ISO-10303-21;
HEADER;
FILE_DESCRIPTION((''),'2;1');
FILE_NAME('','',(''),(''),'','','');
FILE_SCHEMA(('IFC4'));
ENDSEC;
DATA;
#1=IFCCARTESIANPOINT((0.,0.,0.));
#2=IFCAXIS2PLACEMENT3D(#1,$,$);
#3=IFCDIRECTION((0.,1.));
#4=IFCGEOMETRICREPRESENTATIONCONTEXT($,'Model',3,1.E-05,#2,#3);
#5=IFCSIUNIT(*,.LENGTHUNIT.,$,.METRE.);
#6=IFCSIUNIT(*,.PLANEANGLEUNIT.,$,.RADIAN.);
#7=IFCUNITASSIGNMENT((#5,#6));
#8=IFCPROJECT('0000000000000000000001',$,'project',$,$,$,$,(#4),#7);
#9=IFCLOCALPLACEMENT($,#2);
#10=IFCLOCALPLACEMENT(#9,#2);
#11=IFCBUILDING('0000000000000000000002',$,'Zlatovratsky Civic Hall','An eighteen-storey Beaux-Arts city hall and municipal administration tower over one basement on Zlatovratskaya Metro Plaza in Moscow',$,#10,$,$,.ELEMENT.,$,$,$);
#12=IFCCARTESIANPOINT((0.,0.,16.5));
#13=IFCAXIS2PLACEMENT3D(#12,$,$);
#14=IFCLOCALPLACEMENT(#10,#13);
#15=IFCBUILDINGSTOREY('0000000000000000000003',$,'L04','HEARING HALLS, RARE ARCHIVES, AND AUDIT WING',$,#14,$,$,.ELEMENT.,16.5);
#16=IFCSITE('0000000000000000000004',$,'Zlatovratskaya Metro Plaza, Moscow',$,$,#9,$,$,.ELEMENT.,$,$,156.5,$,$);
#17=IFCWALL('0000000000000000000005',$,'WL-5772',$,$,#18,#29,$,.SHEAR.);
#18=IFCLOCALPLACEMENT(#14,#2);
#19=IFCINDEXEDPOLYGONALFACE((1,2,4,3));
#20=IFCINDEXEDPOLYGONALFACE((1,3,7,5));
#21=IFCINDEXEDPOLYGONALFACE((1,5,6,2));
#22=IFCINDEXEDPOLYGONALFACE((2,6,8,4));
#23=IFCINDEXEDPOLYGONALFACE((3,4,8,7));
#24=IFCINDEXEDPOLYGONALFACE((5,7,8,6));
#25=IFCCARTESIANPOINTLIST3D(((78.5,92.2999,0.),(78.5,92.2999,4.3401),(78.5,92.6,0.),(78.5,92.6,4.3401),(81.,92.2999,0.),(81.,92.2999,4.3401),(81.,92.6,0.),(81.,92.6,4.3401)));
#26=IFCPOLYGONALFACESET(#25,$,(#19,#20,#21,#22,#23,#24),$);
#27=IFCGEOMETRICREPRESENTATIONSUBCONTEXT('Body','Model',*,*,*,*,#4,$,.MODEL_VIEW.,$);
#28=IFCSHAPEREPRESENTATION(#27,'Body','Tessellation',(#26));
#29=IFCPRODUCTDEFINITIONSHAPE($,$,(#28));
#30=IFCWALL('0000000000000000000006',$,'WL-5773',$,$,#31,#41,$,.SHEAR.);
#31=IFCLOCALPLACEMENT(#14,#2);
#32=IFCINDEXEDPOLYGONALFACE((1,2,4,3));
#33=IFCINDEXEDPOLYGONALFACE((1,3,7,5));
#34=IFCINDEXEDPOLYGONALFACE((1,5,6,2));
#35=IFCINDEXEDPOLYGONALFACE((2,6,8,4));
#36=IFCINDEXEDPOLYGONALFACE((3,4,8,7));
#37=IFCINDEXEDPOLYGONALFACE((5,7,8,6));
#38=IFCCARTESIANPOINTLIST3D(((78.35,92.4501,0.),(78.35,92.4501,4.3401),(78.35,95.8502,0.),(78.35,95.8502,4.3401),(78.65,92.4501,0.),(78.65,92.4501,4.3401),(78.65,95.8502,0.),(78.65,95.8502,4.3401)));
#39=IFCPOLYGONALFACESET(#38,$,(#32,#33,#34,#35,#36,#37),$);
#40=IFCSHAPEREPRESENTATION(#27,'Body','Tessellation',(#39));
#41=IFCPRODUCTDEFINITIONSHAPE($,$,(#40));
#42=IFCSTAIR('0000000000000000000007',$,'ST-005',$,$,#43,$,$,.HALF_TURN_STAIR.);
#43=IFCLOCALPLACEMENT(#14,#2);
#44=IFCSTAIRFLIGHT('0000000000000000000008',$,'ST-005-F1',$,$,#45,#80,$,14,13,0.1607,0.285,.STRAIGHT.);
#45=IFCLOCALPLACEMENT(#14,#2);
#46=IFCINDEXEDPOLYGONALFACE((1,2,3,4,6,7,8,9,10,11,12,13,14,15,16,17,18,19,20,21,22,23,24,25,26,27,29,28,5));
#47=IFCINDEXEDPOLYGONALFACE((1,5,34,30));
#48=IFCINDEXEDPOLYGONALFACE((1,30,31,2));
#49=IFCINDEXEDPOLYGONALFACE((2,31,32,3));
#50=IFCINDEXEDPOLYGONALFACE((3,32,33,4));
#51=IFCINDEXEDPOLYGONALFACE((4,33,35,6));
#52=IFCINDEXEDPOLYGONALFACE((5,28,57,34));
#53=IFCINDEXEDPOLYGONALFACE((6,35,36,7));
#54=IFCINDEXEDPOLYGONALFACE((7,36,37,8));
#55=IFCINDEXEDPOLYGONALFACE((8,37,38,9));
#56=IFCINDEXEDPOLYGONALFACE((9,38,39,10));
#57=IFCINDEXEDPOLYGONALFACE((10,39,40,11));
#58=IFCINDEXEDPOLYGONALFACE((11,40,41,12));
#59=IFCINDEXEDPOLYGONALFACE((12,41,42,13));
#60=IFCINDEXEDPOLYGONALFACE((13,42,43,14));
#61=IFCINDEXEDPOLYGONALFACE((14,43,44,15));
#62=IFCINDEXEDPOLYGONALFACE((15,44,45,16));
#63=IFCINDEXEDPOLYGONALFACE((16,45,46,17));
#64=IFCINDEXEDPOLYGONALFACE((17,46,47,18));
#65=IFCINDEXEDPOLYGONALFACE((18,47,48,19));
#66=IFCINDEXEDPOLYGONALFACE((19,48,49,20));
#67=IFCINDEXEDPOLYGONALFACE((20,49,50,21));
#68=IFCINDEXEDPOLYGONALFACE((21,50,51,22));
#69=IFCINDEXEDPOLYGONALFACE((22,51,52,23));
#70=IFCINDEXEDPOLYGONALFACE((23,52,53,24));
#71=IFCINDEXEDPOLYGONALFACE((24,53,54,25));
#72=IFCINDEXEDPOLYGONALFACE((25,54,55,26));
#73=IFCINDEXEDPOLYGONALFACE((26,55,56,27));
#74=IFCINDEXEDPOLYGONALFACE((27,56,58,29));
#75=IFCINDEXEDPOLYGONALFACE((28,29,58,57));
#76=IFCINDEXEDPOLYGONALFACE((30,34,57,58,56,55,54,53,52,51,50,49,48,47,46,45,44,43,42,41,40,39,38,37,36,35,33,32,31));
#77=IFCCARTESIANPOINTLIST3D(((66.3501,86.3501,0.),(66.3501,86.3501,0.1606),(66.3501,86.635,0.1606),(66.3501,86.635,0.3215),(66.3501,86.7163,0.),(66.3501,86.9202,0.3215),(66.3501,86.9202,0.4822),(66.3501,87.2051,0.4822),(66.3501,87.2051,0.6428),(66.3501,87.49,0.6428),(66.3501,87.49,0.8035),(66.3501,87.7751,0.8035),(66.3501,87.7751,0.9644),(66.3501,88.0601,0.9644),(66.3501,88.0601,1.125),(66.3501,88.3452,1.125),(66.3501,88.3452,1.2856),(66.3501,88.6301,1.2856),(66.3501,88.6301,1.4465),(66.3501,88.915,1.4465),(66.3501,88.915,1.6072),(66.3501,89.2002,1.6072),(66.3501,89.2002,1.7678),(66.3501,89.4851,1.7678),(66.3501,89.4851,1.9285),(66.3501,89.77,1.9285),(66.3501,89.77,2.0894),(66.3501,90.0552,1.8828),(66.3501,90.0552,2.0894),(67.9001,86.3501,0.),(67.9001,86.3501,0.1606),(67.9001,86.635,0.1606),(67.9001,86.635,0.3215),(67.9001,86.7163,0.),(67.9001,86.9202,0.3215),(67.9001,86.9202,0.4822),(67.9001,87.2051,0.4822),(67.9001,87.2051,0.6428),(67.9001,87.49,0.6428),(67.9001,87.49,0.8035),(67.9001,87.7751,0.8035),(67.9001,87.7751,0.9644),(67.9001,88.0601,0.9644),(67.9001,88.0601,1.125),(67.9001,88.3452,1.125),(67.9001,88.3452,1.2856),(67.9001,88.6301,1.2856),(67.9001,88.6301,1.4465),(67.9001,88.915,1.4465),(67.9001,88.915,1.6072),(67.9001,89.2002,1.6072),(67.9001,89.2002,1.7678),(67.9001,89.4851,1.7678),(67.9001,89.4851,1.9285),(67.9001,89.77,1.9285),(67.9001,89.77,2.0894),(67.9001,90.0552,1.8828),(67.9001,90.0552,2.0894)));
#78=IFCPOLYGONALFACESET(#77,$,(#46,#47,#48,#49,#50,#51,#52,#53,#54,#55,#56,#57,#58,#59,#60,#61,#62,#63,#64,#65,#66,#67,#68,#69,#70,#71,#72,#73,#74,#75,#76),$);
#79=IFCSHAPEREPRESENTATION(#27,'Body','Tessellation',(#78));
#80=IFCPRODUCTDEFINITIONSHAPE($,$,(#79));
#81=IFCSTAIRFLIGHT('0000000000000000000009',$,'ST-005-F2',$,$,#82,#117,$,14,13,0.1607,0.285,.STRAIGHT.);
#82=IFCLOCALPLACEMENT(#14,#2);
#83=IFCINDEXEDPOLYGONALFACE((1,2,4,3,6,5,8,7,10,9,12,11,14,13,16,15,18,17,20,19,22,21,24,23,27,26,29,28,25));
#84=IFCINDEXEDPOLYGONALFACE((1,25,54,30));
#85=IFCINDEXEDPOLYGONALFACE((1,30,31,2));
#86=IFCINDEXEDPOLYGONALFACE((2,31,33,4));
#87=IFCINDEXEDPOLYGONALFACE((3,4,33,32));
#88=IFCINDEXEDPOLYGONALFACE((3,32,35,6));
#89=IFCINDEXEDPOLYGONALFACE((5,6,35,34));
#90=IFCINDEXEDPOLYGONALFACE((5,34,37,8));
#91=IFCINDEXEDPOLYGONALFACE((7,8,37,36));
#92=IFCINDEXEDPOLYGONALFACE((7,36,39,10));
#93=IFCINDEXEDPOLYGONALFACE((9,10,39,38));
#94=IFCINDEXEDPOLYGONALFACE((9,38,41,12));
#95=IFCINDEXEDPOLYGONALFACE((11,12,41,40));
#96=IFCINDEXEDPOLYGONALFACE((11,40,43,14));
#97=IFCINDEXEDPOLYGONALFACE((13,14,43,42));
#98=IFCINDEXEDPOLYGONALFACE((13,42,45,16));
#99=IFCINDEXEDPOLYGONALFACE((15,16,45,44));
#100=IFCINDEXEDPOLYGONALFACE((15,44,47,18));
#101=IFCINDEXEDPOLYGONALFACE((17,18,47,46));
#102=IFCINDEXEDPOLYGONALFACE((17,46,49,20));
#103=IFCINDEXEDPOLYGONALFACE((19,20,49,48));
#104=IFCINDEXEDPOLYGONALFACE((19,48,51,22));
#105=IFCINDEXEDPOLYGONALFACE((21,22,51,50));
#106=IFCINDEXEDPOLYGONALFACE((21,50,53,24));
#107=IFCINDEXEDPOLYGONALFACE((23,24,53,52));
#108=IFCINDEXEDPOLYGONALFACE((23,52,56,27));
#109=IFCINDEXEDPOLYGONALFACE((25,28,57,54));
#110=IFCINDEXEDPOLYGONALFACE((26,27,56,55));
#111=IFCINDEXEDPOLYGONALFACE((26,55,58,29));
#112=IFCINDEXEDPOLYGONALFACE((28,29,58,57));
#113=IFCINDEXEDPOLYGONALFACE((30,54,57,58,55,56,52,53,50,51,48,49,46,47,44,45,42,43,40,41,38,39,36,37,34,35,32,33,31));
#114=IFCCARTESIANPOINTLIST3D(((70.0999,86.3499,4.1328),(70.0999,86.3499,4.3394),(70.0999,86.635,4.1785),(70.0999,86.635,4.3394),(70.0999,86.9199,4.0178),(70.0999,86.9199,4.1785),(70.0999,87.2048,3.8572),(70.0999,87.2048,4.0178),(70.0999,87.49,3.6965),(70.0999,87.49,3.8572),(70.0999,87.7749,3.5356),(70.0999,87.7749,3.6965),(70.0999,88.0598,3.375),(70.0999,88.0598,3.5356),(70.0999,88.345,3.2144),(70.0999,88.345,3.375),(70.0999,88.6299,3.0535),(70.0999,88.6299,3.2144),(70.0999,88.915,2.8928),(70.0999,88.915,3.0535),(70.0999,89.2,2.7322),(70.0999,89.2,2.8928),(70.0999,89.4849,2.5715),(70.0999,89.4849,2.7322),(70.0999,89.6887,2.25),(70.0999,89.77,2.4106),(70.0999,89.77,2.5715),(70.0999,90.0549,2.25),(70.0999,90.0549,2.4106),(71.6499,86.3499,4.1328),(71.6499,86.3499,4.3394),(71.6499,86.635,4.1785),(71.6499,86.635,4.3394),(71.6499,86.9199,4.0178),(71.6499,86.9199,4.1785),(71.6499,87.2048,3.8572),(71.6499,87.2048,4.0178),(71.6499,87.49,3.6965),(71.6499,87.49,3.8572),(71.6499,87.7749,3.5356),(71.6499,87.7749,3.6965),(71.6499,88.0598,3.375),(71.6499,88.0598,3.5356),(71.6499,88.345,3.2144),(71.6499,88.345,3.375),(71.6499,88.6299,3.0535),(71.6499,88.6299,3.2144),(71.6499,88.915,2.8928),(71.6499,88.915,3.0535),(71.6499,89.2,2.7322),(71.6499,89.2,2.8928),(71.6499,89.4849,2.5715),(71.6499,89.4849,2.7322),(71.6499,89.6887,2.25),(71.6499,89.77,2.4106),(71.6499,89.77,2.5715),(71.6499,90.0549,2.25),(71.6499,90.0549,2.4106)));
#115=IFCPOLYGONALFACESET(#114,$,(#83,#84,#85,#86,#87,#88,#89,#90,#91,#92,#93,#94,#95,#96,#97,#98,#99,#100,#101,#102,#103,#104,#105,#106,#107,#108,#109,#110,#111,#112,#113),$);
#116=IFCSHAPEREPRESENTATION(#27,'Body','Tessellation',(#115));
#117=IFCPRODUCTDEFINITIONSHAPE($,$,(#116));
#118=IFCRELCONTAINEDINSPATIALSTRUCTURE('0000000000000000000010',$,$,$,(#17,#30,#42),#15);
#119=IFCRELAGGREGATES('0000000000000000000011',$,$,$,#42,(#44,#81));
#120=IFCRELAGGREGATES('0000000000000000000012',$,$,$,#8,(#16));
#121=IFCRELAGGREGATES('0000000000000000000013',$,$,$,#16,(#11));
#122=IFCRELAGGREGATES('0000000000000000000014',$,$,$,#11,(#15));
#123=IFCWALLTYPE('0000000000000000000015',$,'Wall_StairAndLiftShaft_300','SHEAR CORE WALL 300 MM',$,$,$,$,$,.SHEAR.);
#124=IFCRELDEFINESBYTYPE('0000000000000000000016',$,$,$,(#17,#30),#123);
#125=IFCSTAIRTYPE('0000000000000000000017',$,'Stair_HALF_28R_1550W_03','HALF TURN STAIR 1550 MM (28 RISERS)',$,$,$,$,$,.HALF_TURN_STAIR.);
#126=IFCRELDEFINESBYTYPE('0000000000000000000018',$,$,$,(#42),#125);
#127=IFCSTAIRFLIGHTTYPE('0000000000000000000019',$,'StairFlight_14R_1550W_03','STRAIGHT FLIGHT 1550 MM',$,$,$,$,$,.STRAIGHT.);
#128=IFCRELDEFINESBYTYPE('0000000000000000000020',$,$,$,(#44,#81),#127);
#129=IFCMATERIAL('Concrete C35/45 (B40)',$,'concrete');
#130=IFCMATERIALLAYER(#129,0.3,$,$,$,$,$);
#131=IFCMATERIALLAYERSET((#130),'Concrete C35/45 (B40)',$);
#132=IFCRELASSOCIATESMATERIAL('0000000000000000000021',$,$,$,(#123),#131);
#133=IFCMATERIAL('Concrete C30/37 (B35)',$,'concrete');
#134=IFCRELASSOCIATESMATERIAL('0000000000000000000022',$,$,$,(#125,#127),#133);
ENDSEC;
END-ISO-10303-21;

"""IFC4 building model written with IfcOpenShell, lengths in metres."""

from ifc_helpers import new_model, si_unit, direction, frame, frame_2d, origin, place, context, subcontext, project, spatial, polyline, rectangle, outline, extrude, material, layer, layer_set, type_object, element, aggregate, save


model = new_model("IFC4")

# Units and contexts
model_context = context("Model", 3, precision=1e-05, world=origin(), true_north=direction((0.0, 1.0)))
body_context = subcontext(model_context, "Body", "Model", "MODEL_VIEW")
ifc_project = project(units=[si_unit("LENGTHUNIT", "METRE"), si_unit("PLANEANGLEUNIT", "RADIAN")], contexts=[model_context])

# Site, building, storey
site_placement = place(None, origin())
site = spatial("IfcSite", under=ifc_project, at=site_placement, Name="Zlatovratskaya Metro Plaza, Moscow", CompositionType="ELEMENT", RefElevation=156.5)
building_placement = place(site_placement, origin())
building = spatial("IfcBuilding", under=site, at=building_placement, Name="Zlatovratsky Civic Hall", Description="An eighteen-storey Beaux-Arts city hall and municipal administration tower over one basement on Zlatovratskaya Metro Plaza in Moscow", CompositionType="ELEMENT")
storey_placement = place(building_placement, frame((0.0, 0.0, 16.5)))
storey = spatial("IfcBuildingStorey", under=building, at=storey_placement, Name="L04", Description="HEARING HALLS, RARE ARCHIVES, AND AUDIT WING", CompositionType="ELEMENT", Elevation=16.5)

# Shared definitions
ifc_material_1 = material(Name="Concrete C35/45 (B40)", Category="concrete")

# Shared definitions
ifc_layer_1 = layer(ifc_material_1, 0.3)
ifc_layer_set_1 = layer_set([ifc_layer_1], Name="Concrete C35/45 (B40)")
wall_type_1 = type_object("IfcWallType", Name="Wall_StairAndLiftShaft_300", Description="SHEAR CORE WALL 300 MM", PredefinedType="SHEAR", material=ifc_layer_set_1)

# Walls
wall_1_placement = place(storey_placement, frame((78.5, 92.45, 0.0), z_axis=(0.0, 0.0, 1.0), x_axis=(1.0, 0.0, 0.0)))
element("IfcWall", 1, at=wall_1_placement, inside=storey, type_object=wall_type_1, Name="WL-5772", PredefinedType="SHEAR", context=body_context, shape_type="SweptSolid", body=[
    extrude(rectangle(XDim=2.5, YDim=0.3, at=frame_2d((1.25, 0.0))), origin(), (0.0, 0.0, 1.0), 4.3401),
])
wall_2_placement = place(storey_placement, frame((78.5, 92.45, 0.0), z_axis=(0.0, 0.0, 1.0), x_axis=(0.0, 1.0, 0.0)))
element("IfcWall", 2, at=wall_2_placement, inside=storey, type_object=wall_type_1, Name="WL-5773", PredefinedType="SHEAR", context=body_context, shape_type="SweptSolid", body=[
    extrude(rectangle(XDim=3.4001, YDim=0.3, at=frame_2d((1.7002, 0.0))), origin(), (0.0, 0.0, 1.0), 4.3401),
])

# Stair, stair flights
ifc_material_2 = material(Name="Concrete C30/37 (B35)", Category="concrete")
stair_type = type_object("IfcStairType", Name="Stair_HALF_28R_1550W_03", Description="HALF TURN STAIR 1550 MM (28 RISERS)", PredefinedType="HALF_TURN_STAIR", material=ifc_material_2)
stair_placement = place(storey_placement, origin())
stair = element("IfcStair", 3, at=stair_placement, inside=storey, type_object=stair_type, Name="ST-005", PredefinedType="HALF_TURN_STAIR")
stair_flight_type = type_object("IfcStairFlightType", Name="StairFlight_14R_1550W_03", Description="STRAIGHT FLIGHT 1550 MM", PredefinedType="STRAIGHT", material=ifc_material_2)
stair_flight_1_placement = place(storey_placement, frame((67.125, 86.3501, 0.0), z_axis=(0.0, 0.0, 1.0), x_axis=(0.0, 1.0, 0.0)))
stair_flight_1 = element("IfcStairFlight", 4, at=stair_flight_1_placement, type_object=stair_flight_type, Name="ST-005-F1", NumberOfRisers=14, NumberOfTreads=13, PredefinedType="STRAIGHT", RiserHeight=0.1607, TreadLength=0.285, context=body_context, shape_type="SweptSolid", body=[
    extrude(outline(polyline([(0.0, 0.0), (0.0, 0.1606), (0.2849, 0.1606), (0.2849, 0.3215), (0.5701, 0.3215), (0.5701, 0.4822), (0.855, 0.4822), (0.855, 0.6428), (1.1399, 0.6428), (1.1399, 0.8035), (1.425, 0.8035), (1.425, 0.9644), (1.71, 0.9644), (1.71, 1.125), (1.9951, 1.125), (1.9951, 1.2856), (2.28, 1.2856), (2.28, 1.4465), (2.5649, 1.4465), (2.5649, 1.6072), (2.8501, 1.6072), (2.8501, 1.7678), (3.135, 1.7678), (3.135, 1.9285), (3.4199, 1.9285), (3.4199, 2.0894), (3.7051, 2.0894), (3.7051, 2.25), (3.7051, 1.8828), (0.3662, 0.0), (0.0, 0.0)])), frame((0.0, 0.7749, 0.0), z_axis=(0.0, -1.0, 0.0), x_axis=(1.0, 0.0, 0.0)), (0.0, 0.0, 1.0), 1.55),
])
stair_flight_2_placement = place(storey_placement, frame((70.875, 90.0549, 2.25), z_axis=(0.0, 0.0, 1.0), x_axis=(0.0, -1.0, 0.0)))
stair_flight_2 = element("IfcStairFlight", 5, at=stair_flight_2_placement, type_object=stair_flight_type, Name="ST-005-F2", NumberOfRisers=14, NumberOfTreads=13, PredefinedType="STRAIGHT", RiserHeight=0.1607, TreadLength=0.285, context=body_context, shape_type="SweptSolid", body=[
    extrude(outline(polyline([(0.0, 0.0), (0.0, 0.1606), (0.2849, 0.1606), (0.2849, 0.3215), (0.5701, 0.3215), (0.5701, 0.4822), (0.855, 0.4822), (0.855, 0.6428), (1.1399, 0.6428), (1.1399, 0.8035), (1.425, 0.8035), (1.425, 0.9644), (1.71, 0.9644), (1.71, 1.125), (1.9951, 1.125), (1.9951, 1.2856), (2.28, 1.2856), (2.28, 1.4465), (2.5649, 1.4465), (2.5649, 1.6072), (2.8501, 1.6072), (2.8501, 1.7678), (3.135, 1.7678), (3.135, 1.9285), (3.4199, 1.9285), (3.4199, 2.0894), (3.7051, 2.0894), (3.7051, 2.25), (3.7051, 1.8828), (0.3662, 0.0), (0.0, 0.0)])), frame((0.0, 0.7749, 0.0), z_axis=(0.0, -1.0, 0.0), x_axis=(1.0, 0.0, 0.0)), (0.0, 0.0, 1.0), 1.55),
])
aggregate(stair, [stair_flight_1, stair_flight_2])

save(model, "model.ifc")
